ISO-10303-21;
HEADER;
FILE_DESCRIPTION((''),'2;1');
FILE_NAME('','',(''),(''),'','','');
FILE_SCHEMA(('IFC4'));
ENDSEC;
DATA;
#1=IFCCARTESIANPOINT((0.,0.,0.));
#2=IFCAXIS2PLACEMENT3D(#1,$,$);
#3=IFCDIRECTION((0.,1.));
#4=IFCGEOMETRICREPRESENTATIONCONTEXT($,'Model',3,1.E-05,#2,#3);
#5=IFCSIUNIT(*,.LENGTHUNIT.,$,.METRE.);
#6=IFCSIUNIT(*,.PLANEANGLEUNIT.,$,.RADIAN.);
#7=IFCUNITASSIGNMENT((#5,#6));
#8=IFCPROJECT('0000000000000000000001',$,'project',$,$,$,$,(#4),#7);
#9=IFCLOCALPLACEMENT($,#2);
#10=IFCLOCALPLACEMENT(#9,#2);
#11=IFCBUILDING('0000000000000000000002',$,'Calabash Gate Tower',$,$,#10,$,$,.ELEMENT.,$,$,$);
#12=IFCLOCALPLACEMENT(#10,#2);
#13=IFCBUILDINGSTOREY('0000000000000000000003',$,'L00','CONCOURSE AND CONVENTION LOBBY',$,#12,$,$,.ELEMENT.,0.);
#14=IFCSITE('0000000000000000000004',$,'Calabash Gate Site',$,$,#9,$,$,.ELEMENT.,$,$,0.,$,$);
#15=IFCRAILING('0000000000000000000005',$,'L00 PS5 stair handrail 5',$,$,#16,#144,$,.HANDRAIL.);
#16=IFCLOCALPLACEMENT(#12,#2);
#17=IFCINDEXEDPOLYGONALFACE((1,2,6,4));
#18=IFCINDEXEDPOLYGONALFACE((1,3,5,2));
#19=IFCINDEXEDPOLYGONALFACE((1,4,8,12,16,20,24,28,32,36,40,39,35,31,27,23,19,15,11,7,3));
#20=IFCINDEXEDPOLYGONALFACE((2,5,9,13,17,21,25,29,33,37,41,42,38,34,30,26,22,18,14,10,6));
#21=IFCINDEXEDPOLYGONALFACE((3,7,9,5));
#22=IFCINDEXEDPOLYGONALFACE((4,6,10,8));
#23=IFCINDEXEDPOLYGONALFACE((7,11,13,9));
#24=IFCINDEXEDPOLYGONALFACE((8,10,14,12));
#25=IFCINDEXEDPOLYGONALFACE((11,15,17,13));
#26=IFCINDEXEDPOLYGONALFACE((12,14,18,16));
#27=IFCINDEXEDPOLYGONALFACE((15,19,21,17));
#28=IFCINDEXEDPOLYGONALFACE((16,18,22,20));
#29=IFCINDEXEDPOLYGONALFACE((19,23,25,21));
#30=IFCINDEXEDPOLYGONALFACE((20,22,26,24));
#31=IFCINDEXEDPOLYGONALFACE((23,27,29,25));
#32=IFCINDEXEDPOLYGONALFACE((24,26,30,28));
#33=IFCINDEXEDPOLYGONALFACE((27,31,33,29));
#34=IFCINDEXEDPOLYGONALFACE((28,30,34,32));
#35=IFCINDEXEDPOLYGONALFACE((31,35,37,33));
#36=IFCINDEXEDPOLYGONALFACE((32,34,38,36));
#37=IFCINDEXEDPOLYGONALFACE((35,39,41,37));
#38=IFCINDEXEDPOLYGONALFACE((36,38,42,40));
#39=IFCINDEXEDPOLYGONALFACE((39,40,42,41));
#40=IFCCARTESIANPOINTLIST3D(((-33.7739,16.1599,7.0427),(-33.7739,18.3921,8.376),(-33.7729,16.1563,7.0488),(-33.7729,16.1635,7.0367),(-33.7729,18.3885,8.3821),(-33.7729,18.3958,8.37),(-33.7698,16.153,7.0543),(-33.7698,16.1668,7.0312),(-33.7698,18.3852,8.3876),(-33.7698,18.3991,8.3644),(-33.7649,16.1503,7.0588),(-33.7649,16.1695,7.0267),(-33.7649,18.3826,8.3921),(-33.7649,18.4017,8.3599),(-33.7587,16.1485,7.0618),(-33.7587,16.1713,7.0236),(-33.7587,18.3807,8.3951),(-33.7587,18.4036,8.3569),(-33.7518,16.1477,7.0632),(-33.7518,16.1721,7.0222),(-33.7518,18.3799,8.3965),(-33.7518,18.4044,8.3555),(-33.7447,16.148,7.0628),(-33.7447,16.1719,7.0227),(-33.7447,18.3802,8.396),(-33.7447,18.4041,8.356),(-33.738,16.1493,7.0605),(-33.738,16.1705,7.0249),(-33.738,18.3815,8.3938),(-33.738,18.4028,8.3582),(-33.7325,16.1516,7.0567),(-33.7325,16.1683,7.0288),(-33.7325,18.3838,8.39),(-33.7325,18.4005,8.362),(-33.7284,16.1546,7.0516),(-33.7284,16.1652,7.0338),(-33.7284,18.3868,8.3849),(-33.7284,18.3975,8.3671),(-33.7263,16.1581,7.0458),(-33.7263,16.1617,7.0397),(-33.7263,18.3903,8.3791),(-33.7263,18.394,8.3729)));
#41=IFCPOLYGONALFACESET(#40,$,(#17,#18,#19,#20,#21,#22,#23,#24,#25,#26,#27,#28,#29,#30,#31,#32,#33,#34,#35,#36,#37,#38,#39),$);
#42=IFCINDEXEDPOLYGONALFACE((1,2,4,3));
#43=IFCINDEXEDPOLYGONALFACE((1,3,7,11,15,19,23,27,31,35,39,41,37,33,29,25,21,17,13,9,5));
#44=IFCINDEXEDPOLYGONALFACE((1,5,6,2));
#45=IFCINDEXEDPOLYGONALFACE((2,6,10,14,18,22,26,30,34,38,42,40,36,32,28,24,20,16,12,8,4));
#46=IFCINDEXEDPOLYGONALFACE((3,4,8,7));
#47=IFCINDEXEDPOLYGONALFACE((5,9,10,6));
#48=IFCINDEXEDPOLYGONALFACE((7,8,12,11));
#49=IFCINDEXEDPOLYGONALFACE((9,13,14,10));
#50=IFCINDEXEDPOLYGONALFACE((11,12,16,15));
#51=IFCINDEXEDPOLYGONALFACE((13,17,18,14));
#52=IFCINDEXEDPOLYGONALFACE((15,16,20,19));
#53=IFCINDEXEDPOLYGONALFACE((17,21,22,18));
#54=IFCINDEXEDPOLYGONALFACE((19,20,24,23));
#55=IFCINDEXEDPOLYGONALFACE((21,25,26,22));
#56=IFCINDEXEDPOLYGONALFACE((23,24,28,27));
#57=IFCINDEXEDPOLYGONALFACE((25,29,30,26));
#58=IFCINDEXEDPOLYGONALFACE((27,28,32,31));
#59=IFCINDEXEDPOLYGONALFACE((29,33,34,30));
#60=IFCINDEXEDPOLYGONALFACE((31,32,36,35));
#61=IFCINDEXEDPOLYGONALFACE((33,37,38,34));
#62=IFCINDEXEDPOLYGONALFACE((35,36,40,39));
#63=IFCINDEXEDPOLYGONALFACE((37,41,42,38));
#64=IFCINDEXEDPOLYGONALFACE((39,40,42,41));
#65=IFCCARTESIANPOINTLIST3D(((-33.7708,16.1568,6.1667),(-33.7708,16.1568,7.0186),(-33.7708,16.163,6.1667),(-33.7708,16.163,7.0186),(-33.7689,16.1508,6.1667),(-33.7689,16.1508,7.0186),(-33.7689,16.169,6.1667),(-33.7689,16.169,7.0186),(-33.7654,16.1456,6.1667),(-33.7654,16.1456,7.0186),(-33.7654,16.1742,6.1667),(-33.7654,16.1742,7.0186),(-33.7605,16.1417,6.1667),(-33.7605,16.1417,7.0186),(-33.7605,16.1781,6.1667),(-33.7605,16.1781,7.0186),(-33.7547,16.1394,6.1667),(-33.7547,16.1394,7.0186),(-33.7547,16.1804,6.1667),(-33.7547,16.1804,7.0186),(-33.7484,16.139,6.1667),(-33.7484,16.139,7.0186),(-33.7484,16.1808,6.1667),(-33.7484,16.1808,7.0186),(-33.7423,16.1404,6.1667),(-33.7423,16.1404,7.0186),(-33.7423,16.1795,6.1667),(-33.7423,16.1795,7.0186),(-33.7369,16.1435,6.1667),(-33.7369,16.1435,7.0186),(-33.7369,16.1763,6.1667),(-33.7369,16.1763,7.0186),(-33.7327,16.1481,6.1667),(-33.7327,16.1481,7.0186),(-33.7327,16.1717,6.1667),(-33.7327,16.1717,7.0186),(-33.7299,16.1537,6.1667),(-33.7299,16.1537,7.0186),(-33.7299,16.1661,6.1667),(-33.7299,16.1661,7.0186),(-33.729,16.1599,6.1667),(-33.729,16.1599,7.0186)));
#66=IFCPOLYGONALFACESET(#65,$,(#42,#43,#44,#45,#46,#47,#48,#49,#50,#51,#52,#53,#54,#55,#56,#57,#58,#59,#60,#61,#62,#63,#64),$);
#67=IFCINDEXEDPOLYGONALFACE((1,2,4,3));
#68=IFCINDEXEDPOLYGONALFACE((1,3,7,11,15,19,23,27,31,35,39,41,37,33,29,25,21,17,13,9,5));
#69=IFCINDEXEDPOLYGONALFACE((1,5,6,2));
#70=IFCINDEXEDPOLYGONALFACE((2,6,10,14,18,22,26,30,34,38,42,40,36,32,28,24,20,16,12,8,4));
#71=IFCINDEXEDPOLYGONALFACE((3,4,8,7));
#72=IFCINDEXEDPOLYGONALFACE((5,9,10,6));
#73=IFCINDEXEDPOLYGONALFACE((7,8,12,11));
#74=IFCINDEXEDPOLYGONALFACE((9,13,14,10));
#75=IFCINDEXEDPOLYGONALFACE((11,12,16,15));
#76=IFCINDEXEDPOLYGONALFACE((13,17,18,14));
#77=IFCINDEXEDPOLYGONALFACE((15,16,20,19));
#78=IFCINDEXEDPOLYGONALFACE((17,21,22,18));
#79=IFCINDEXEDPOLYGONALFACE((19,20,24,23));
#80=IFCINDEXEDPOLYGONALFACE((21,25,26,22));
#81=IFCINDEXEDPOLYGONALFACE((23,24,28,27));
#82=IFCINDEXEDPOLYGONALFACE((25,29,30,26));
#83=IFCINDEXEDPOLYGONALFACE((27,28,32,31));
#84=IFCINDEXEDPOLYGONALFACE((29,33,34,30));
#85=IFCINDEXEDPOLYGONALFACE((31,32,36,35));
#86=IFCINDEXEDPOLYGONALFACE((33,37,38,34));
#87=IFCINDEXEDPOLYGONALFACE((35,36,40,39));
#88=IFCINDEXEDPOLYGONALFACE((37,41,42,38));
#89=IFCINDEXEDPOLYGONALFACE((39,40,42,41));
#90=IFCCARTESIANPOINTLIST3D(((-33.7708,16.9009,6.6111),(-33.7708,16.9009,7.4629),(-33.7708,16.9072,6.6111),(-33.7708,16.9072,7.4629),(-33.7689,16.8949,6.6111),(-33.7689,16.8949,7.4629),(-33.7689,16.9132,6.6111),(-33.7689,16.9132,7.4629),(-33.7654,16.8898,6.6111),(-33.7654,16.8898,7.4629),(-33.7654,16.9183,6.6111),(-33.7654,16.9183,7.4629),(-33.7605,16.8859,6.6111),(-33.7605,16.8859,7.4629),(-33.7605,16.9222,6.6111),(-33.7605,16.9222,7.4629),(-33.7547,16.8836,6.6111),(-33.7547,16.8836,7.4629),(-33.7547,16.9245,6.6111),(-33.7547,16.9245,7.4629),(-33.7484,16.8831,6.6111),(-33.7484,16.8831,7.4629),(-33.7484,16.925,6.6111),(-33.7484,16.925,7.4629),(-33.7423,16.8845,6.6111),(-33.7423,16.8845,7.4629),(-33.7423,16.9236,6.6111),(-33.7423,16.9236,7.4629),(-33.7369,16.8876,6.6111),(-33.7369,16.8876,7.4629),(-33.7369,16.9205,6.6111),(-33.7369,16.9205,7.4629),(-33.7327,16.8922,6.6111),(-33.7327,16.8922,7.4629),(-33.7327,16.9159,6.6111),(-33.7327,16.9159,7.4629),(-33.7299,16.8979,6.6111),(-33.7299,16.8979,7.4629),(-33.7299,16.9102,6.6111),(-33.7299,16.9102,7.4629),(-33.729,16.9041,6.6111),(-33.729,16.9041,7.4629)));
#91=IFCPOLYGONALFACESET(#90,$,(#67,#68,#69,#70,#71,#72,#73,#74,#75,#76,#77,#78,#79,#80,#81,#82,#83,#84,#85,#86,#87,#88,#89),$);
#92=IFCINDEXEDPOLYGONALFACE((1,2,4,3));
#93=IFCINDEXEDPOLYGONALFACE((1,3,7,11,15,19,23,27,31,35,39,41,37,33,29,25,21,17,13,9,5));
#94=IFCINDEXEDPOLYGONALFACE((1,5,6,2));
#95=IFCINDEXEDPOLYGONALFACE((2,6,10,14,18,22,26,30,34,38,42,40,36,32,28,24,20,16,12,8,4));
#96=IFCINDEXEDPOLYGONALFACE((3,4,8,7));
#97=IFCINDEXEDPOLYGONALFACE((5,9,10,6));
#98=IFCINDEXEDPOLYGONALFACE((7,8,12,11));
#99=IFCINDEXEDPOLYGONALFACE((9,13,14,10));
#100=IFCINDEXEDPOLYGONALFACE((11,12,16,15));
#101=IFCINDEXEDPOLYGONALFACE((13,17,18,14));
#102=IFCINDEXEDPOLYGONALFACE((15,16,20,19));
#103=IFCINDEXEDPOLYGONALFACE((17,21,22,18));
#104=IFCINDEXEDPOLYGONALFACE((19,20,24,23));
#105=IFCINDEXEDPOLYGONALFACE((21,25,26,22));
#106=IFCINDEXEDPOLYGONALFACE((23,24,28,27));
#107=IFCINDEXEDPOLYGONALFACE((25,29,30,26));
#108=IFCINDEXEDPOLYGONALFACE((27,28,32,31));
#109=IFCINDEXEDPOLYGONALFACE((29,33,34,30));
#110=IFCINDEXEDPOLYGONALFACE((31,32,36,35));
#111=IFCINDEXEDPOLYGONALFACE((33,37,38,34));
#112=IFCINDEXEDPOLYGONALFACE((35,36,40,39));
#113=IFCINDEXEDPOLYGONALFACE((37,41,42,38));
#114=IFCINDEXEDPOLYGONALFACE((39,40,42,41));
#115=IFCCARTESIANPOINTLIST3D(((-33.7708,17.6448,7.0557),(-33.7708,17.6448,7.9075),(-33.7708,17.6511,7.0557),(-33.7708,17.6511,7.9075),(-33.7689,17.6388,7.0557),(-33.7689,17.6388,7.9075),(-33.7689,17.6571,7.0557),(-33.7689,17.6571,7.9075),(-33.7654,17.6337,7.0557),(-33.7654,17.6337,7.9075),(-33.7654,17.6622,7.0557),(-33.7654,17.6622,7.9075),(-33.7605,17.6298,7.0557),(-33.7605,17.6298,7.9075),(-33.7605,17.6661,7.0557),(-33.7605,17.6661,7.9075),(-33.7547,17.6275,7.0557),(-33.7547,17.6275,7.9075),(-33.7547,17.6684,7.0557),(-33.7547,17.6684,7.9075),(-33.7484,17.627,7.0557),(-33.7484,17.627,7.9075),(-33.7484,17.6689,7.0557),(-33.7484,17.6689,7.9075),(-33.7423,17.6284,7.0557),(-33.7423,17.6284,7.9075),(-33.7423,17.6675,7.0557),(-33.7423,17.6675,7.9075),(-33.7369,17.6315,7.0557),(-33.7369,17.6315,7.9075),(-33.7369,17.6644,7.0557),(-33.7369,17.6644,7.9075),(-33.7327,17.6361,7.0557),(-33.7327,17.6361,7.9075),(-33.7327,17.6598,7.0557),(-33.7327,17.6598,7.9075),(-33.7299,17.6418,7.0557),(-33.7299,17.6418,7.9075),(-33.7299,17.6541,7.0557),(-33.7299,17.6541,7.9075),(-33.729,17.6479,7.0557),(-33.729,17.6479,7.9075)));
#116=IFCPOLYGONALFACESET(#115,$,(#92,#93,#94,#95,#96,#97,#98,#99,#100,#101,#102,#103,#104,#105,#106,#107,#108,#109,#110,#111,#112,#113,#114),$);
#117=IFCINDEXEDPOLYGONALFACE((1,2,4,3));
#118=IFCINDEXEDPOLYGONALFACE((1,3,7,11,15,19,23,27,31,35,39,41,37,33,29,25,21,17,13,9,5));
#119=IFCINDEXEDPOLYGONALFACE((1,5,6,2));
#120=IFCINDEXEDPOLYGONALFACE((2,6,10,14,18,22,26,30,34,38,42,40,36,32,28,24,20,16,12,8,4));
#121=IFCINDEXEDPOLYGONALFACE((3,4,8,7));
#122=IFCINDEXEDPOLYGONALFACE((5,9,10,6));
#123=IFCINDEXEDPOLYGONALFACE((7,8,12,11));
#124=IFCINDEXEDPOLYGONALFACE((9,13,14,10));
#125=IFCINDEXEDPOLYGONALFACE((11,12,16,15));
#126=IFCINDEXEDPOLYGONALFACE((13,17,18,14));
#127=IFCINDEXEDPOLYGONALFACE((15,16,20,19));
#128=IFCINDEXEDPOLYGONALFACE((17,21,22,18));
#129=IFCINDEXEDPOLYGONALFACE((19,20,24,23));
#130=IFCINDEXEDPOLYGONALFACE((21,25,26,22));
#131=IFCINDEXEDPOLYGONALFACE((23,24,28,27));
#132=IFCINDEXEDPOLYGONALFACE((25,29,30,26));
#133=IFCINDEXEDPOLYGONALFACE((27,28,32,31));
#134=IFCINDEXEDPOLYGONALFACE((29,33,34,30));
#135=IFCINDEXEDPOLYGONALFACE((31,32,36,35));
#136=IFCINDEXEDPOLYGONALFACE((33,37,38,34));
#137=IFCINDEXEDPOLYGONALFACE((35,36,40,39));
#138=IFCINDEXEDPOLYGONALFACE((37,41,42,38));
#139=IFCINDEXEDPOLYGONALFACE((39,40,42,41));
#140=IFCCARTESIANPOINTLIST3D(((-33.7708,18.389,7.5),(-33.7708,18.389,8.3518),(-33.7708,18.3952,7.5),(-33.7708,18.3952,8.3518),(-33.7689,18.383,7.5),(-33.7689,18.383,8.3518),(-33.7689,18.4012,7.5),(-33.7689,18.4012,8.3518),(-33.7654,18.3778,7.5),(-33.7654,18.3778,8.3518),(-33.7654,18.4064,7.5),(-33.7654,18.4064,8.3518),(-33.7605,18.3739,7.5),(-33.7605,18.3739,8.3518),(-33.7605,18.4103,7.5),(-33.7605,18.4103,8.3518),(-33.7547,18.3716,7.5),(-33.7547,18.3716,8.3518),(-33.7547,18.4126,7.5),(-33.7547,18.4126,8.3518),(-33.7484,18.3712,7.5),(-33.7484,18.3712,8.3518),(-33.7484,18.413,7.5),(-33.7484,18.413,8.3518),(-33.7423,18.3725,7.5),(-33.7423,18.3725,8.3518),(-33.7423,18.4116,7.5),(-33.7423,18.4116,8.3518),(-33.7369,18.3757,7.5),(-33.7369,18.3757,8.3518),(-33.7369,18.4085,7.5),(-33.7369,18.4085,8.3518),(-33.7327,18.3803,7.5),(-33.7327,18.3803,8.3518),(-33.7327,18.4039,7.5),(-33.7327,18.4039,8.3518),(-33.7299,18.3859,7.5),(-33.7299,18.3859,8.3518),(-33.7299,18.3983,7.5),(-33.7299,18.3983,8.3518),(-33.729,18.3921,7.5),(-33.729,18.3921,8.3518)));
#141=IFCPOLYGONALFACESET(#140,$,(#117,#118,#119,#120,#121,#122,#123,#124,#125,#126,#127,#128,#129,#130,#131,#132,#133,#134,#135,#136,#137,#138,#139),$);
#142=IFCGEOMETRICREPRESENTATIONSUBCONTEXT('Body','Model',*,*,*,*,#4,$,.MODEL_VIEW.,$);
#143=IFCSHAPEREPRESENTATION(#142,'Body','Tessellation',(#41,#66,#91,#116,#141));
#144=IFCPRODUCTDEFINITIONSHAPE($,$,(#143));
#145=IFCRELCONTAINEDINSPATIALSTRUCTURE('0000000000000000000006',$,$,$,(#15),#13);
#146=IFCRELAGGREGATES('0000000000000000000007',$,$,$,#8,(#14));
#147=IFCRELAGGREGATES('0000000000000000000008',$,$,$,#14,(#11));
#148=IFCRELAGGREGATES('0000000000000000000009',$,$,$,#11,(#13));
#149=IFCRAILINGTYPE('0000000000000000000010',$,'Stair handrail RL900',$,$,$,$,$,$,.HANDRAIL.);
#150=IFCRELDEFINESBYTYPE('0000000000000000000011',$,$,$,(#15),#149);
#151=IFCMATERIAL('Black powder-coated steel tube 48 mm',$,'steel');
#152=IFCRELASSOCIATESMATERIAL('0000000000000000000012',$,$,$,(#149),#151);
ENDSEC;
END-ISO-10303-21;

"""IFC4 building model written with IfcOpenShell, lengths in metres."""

from ifc_helpers import new_model, si_unit, direction, frame, origin, origin_2d, place, context, subcontext, project, spatial, circle, extrude, material, type_object, element, save


model = new_model("IFC4")

# Units and contexts
model_context = context("Model", 3, precision=1e-05, world=origin(), true_north=direction((0.0, 1.0)))
body_context = subcontext(model_context, "Body", "Model", "MODEL_VIEW")
ifc_project = project(units=[si_unit("LENGTHUNIT", "METRE"), si_unit("PLANEANGLEUNIT", "RADIAN")], contexts=[model_context])

# Site, building, storey
site_placement = place(None, origin())
site = spatial("IfcSite", under=ifc_project, at=site_placement, Name="Calabash Gate Site", CompositionType="ELEMENT", RefElevation=0.0)
building_placement = place(site_placement, origin())
building = spatial("IfcBuilding", under=site, at=building_placement, Name="Calabash Gate Tower", CompositionType="ELEMENT")
storey_placement = place(building_placement, origin())
storey = spatial("IfcBuildingStorey", under=building, at=storey_placement, Name="L00", Description="CONCOURSE AND CONVENTION LOBBY", CompositionType="ELEMENT", Elevation=0.0)

# Railing
ifc_material_1 = material(Name="Black powder-coated steel tube 48 mm", Category="steel")
railing_type = type_object("IfcRailingType", Name="Stair handrail RL900", PredefinedType="HANDRAIL", material=ifc_material_1)
for number, where, name in (
    (1, (-33.75, 16.1599, 6.1667), "L00 PS5 stair handrail 5"),
):
    element("IfcRailing", number, at=place(storey_placement, frame(where)), inside=storey, type_object=railing_type, Name=name, PredefinedType="HANDRAIL", context=body_context, shape_type="SweptSolid", body=[
        extrude(circle(Radius=0.0239, at=origin_2d()), frame((0.0, 0.0, 0.876), z_axis=(0.0, 0.858519, 0.512782), x_axis=(-1.0, 0.0, 0.0)), (0.0, 0.0, 1.0), 2.6001),
        extrude(circle(Radius=0.021, at=origin_2d()), origin(), (0.0, 0.0, 1.0), 0.8518),
        extrude(circle(Radius=0.021, at=origin_2d()), frame((0.0, 0.7441, 0.4443)), (0.0, 0.0, 1.0), 0.8518),
        extrude(circle(Radius=0.021, at=origin_2d()), frame((0.0, 1.488, 0.8889)), (0.0, 0.0, 1.0), 0.8518),
        extrude(circle(Radius=0.021, at=origin_2d()), frame((0.0, 2.2322, 1.3333)), (0.0, 0.0, 1.0), 0.8518),
    ])

save(model, "model.ifc")
